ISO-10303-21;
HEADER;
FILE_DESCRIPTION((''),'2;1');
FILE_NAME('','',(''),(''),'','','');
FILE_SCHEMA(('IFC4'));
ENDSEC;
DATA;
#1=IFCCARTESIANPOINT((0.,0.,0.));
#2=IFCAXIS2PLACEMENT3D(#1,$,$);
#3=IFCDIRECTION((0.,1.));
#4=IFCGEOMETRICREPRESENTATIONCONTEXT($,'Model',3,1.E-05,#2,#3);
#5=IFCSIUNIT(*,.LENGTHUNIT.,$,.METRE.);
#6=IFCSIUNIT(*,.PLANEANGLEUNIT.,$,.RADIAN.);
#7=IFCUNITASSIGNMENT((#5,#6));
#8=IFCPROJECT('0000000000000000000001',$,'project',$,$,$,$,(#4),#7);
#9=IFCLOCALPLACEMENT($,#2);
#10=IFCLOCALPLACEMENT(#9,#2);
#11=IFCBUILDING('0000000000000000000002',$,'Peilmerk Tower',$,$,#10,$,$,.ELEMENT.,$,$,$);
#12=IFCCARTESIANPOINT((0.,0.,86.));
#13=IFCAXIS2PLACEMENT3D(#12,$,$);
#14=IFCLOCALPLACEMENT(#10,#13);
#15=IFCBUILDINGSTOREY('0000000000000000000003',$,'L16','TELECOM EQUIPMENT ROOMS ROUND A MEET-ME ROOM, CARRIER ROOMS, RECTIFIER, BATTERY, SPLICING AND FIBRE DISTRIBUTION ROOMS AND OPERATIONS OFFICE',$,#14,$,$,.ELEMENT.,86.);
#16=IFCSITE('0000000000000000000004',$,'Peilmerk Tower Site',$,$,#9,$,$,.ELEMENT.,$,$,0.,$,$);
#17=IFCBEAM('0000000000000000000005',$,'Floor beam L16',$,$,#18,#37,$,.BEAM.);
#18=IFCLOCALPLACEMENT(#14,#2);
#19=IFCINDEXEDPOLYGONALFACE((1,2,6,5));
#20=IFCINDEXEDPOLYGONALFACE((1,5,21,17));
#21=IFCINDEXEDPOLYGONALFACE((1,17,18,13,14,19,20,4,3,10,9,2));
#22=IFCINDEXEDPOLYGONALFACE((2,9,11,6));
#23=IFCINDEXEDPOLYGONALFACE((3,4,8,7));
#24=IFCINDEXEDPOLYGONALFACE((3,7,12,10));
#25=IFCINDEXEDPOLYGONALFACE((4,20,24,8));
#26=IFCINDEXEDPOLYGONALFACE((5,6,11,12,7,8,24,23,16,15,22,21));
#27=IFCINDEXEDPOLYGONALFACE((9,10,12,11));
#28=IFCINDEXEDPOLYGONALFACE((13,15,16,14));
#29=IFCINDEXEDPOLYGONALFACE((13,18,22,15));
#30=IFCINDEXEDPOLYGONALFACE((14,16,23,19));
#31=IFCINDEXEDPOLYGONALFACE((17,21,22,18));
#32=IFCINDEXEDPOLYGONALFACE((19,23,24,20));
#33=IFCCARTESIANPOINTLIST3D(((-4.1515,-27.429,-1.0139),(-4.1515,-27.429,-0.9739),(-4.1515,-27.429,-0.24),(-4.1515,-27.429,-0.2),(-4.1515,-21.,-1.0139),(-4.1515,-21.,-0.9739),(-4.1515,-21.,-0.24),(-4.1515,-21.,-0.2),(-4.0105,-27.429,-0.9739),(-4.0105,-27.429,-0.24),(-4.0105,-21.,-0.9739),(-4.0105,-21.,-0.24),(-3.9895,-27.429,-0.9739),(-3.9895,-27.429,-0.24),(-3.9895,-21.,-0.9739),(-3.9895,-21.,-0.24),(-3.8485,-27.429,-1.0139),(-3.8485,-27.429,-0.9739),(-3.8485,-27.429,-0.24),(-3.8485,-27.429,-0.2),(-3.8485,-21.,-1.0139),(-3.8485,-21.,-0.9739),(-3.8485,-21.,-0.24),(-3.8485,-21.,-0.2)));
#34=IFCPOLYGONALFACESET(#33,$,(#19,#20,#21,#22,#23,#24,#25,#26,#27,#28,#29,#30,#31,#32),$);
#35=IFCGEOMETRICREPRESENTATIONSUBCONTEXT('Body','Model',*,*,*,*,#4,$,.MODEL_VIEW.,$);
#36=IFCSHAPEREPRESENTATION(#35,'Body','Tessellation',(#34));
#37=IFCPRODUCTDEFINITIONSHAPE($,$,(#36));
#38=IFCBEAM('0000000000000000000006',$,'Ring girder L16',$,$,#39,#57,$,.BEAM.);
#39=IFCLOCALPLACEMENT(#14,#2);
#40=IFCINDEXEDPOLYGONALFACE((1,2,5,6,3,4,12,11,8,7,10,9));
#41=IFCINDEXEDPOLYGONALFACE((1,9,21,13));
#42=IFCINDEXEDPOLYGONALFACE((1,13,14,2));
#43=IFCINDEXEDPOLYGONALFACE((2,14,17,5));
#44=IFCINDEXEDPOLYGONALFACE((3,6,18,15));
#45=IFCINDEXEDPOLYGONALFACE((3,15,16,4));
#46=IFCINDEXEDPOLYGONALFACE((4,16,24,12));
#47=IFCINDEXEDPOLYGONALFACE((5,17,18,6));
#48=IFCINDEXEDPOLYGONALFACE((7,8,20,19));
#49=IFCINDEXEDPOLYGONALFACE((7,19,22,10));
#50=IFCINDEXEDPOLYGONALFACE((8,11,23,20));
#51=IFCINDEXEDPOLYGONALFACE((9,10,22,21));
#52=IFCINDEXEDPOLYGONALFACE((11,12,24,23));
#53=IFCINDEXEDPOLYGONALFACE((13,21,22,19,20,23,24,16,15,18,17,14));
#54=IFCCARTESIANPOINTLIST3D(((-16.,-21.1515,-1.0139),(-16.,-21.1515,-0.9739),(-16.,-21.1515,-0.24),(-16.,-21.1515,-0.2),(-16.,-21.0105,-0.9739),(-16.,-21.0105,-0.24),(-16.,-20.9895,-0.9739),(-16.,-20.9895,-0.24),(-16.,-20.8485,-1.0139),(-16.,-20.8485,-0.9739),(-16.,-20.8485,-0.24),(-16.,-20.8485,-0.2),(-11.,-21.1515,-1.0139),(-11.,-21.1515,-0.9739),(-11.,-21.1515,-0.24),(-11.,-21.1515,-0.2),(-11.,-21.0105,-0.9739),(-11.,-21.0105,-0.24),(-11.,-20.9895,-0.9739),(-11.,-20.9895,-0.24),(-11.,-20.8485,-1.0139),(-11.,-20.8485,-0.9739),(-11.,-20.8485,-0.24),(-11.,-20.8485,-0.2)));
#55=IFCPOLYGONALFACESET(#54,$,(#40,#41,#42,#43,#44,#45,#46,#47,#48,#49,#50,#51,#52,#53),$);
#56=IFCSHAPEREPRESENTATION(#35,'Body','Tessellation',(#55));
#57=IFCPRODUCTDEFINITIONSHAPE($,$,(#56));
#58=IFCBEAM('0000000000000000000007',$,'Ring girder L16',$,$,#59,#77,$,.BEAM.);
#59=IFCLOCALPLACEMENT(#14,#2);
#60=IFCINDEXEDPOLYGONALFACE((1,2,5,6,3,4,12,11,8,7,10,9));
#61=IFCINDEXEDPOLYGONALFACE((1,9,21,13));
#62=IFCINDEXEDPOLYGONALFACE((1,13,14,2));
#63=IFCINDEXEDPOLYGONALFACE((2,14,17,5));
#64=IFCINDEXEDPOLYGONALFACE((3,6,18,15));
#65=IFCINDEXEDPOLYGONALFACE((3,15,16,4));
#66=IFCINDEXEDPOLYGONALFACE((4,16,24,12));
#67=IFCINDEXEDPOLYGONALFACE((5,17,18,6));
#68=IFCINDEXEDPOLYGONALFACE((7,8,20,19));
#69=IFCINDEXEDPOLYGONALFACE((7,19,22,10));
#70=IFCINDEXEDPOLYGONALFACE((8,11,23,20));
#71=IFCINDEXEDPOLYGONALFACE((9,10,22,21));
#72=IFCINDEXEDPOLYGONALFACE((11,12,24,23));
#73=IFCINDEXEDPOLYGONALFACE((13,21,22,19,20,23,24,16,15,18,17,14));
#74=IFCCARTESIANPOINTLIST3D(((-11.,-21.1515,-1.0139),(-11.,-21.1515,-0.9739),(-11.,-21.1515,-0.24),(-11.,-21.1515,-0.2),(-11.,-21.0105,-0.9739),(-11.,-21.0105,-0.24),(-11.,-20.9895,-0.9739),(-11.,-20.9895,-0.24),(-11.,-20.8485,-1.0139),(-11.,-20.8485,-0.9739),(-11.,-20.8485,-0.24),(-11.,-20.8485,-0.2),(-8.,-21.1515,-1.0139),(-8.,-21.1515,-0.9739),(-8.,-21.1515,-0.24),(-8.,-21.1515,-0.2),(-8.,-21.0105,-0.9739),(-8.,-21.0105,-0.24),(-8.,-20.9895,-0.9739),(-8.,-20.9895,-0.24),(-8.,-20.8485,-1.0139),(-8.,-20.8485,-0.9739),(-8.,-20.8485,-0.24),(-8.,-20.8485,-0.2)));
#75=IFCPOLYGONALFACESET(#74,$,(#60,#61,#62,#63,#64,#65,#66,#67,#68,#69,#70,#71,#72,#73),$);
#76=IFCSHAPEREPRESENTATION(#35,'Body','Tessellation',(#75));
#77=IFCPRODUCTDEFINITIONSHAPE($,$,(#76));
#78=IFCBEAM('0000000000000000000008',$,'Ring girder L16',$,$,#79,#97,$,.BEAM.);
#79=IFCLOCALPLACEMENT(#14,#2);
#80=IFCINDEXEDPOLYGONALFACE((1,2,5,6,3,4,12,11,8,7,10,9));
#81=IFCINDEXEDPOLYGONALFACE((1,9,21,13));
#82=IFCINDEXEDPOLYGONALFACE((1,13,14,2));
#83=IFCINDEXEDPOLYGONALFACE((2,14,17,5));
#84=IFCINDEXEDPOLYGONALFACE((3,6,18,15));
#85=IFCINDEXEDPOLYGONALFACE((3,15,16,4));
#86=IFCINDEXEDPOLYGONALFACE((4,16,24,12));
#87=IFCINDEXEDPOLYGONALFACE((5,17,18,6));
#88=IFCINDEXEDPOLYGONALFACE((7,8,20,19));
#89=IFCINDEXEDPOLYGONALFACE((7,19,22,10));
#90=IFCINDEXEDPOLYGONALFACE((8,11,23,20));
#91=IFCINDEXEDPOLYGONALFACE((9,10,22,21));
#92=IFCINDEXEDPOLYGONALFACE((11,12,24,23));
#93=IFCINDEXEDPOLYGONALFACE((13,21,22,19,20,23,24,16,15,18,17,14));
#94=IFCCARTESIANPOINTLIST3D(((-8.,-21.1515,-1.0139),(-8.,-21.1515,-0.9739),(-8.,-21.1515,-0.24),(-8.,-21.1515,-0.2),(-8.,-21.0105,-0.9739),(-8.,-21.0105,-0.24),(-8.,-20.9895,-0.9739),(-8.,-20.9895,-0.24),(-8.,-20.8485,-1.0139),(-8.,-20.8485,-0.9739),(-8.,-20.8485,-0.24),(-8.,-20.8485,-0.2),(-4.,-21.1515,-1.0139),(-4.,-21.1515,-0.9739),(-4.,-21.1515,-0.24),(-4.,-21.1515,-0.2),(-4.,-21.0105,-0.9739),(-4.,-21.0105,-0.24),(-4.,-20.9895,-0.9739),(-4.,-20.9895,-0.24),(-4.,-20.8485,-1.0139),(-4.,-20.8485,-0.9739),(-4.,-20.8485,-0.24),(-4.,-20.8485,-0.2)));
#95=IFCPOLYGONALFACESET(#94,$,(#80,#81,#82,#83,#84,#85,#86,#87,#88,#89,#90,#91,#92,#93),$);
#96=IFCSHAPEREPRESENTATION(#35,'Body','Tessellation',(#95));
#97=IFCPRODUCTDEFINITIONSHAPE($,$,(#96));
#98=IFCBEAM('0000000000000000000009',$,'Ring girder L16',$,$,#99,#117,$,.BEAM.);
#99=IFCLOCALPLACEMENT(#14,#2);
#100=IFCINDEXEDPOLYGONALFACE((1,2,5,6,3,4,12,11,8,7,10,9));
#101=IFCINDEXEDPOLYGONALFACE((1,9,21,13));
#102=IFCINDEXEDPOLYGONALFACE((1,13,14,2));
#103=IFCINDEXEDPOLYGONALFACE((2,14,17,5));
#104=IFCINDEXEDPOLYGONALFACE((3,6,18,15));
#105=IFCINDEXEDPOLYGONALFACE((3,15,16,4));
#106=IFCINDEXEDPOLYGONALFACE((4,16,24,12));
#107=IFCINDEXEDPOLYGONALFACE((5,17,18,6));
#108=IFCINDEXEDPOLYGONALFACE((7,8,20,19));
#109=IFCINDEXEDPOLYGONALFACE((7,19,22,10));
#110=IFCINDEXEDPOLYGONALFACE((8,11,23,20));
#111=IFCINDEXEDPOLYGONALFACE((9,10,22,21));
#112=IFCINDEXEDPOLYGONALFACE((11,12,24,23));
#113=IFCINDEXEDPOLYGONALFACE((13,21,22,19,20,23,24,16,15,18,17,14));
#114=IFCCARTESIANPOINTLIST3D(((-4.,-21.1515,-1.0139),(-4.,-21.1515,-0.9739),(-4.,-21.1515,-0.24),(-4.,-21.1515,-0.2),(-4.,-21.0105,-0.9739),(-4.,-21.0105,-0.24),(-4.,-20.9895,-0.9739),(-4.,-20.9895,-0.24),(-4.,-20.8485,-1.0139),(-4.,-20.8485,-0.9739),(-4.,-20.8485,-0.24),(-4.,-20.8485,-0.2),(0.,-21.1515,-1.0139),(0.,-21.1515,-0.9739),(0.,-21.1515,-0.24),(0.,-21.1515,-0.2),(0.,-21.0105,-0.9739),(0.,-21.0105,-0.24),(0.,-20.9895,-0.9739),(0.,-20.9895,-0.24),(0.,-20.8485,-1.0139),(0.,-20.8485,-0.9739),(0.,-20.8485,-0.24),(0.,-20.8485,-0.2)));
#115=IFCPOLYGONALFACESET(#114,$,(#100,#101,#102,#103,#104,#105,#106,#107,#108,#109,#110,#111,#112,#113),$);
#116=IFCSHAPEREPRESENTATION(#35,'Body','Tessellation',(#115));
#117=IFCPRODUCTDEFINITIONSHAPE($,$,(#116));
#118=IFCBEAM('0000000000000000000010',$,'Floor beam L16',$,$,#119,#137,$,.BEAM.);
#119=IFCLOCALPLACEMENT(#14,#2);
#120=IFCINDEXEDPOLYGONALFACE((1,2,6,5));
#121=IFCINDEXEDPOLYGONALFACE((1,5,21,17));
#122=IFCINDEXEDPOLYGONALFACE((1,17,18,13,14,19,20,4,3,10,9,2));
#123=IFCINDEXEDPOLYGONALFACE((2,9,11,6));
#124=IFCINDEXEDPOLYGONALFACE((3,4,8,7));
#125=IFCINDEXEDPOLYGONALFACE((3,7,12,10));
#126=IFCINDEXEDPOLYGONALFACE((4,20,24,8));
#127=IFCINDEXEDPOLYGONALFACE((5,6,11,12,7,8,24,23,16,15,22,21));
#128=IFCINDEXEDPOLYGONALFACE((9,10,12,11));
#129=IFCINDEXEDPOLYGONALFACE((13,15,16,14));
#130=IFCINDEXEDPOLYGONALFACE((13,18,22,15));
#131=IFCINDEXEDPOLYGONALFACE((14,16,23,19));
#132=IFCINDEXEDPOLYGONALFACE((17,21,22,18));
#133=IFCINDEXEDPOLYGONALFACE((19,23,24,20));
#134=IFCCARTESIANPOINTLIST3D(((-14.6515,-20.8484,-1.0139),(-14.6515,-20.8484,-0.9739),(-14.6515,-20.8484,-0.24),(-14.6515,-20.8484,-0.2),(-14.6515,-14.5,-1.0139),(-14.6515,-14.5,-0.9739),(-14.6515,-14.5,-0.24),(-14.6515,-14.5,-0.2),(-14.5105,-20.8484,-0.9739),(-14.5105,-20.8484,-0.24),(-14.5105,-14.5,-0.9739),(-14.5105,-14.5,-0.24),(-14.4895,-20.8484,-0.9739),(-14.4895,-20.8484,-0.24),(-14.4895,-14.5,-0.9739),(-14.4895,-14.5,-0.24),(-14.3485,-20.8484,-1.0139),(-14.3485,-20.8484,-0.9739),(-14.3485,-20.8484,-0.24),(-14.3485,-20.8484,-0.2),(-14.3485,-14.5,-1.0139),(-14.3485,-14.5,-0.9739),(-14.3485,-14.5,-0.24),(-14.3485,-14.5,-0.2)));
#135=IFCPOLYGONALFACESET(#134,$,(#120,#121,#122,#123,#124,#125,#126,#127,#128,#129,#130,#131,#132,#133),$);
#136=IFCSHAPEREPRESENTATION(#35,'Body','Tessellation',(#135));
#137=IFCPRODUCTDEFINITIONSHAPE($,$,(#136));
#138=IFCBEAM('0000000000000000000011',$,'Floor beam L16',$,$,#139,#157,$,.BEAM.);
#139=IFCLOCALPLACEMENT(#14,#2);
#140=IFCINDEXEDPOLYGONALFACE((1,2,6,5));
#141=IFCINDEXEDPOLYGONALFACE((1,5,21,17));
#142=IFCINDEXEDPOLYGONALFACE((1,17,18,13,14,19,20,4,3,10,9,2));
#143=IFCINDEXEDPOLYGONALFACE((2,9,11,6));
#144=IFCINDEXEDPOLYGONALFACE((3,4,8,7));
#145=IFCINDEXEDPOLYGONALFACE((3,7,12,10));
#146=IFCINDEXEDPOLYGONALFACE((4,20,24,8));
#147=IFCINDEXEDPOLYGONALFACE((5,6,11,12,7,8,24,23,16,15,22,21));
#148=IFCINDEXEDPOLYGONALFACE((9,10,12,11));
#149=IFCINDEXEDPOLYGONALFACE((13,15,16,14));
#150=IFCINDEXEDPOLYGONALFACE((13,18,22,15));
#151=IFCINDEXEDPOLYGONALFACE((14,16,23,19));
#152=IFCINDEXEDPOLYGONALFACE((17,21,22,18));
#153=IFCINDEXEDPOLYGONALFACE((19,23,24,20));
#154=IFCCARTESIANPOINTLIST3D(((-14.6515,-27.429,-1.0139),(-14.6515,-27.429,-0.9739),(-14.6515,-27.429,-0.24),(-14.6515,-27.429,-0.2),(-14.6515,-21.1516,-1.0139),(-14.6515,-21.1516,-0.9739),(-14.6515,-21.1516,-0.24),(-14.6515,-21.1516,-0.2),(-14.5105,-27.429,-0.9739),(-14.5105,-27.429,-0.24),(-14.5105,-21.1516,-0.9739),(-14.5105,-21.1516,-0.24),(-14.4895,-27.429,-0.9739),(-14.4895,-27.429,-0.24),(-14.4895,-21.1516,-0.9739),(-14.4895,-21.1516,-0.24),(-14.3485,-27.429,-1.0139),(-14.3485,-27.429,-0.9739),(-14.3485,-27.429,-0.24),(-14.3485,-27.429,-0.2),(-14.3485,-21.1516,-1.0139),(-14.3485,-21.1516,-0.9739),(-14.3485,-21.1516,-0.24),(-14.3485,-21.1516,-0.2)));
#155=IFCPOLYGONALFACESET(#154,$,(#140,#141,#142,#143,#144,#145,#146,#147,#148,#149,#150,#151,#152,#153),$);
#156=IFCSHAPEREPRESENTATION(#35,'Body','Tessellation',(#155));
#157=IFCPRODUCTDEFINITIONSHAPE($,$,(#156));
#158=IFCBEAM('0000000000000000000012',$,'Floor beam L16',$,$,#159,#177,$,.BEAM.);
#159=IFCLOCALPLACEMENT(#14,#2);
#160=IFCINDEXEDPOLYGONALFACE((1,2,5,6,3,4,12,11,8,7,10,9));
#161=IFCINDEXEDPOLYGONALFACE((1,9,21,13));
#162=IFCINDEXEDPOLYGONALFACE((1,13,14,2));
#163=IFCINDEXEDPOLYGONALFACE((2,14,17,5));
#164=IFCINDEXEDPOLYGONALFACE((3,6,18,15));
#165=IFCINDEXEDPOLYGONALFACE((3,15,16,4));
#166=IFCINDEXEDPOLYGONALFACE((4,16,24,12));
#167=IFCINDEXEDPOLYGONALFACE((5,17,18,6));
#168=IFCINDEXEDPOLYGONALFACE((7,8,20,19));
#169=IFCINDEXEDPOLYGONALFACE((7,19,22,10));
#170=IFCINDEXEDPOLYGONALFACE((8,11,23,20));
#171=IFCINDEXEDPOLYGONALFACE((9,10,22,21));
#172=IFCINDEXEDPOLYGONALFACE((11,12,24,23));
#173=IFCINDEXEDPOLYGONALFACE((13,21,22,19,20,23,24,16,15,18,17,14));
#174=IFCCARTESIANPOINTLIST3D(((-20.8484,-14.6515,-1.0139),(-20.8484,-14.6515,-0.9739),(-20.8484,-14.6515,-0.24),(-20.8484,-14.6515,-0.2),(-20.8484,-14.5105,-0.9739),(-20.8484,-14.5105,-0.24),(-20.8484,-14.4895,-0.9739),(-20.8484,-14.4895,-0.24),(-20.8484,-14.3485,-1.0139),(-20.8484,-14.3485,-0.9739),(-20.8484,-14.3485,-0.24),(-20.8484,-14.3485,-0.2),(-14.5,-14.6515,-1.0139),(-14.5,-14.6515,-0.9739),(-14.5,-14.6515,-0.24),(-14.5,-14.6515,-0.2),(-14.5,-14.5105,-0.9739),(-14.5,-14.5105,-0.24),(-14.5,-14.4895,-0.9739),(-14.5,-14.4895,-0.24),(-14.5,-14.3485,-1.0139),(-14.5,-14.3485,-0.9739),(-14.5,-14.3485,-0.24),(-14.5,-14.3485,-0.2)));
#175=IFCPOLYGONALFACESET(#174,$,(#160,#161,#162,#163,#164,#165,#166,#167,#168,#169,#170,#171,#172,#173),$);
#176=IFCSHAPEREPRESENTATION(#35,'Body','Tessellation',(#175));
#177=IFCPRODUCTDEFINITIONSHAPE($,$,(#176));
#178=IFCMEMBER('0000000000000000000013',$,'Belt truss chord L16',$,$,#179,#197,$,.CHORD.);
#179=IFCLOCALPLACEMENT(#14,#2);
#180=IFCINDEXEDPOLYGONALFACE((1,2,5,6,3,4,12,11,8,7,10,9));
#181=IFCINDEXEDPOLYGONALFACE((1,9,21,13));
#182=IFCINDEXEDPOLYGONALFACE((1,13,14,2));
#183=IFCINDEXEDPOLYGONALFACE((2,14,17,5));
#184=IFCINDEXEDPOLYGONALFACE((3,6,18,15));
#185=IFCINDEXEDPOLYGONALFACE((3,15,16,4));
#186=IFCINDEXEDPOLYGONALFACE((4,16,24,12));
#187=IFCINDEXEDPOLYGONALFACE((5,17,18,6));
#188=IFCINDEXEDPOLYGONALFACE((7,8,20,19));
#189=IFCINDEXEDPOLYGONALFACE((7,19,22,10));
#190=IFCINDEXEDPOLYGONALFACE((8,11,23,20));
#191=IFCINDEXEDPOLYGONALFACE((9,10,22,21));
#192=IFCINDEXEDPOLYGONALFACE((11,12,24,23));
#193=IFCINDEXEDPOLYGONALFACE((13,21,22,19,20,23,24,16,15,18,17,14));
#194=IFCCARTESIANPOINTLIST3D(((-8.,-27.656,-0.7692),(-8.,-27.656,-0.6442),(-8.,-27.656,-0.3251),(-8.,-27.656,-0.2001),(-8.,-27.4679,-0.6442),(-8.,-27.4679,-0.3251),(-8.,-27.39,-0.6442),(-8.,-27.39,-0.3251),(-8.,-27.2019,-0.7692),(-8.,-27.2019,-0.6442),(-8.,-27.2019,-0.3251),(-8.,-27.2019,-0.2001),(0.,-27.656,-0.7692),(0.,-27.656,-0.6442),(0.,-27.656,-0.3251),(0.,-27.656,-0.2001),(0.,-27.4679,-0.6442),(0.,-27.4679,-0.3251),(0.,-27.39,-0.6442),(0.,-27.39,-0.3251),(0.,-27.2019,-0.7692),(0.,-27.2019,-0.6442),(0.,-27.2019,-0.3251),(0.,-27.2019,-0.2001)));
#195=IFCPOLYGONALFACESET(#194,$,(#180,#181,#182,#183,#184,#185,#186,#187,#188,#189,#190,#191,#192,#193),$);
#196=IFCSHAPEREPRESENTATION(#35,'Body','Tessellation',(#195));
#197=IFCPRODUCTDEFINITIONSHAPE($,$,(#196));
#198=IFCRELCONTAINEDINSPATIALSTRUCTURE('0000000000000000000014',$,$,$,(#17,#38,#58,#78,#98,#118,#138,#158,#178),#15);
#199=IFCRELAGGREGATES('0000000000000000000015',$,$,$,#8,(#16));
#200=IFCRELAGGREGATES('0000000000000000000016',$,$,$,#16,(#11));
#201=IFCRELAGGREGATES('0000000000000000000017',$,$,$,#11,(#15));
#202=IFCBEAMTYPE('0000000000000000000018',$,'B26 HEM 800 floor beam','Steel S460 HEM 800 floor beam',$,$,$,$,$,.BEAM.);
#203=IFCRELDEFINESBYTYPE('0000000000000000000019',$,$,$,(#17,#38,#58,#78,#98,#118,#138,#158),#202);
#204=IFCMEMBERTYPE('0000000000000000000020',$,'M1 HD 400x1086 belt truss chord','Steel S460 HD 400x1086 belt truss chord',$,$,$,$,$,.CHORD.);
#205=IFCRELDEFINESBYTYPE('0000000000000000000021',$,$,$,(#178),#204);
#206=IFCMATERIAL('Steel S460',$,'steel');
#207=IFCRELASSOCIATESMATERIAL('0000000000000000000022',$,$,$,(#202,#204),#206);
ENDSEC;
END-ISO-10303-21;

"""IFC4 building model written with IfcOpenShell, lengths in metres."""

from ifc_helpers import new_model, si_unit, direction, frame, origin, origin_2d, place, context, subcontext, project, spatial, i_section, extrude, material, material_profile, profile_set, type_object, element, save


model = new_model("IFC4")

# Units and contexts
model_context = context("Model", 3, precision=1e-05, world=origin(), true_north=direction((0.0, 1.0)))
body_context = subcontext(model_context, "Body", "Model", "MODEL_VIEW")
ifc_project = project(units=[si_unit("LENGTHUNIT", "METRE"), si_unit("PLANEANGLEUNIT", "RADIAN")], contexts=[model_context])

# Site, building, storey
site_placement = place(None, origin())
site = spatial("IfcSite", under=ifc_project, at=site_placement, Name="Peilmerk Tower Site", CompositionType="ELEMENT", RefElevation=0.0)
building_placement = place(site_placement, origin())
building = spatial("IfcBuilding", under=site, at=building_placement, Name="Peilmerk Tower", CompositionType="ELEMENT")
storey_placement = place(building_placement, frame((0.0, 0.0, 86.0)))
storey = spatial("IfcBuildingStorey", under=building, at=storey_placement, Name="L16", Description="TELECOM EQUIPMENT ROOMS ROUND A MEET-ME ROOM, CARRIER ROOMS, RECTIFIER, BATTERY, SPLICING AND FIBRE DISTRIBUTION ROOMS AND OPERATIONS OFFICE", CompositionType="ELEMENT", Elevation=86.0)

# Shared definitions
ifc_material_1 = material(Name="Steel S460", Category="steel")

# Beams
ifc_material_profile_1 = material_profile(ifc_material_1, i_section(OverallWidth=0.303, OverallDepth=0.814, WebThickness=0.021, FlangeThickness=0.04, at=origin_2d()), Name="HEM 800")
ifc_profile_set_1 = profile_set([ifc_material_profile_1], Name="Steel S460")
beam_type = type_object("IfcBeamType", Name="B26 HEM 800 floor beam", Description="Steel S460 HEM 800 floor beam", PredefinedType="BEAM", material=ifc_profile_set_1)
for number, where, z_axis, x_axis, name in (
    (1, (-4.0, -21.0, -0.6069), (0.0, -1.0, 0.0), (1.0, 0.0, 0.0), "Floor beam L16"),
):
    element("IfcBeam", number, at=place(storey_placement, frame(where, z_axis=z_axis, x_axis=x_axis)), inside=storey, type_object=beam_type, Name=name, PredefinedType="BEAM", context=body_context, shape_type="SweptSolid", body=[
        extrude(i_section(OverallWidth=0.303, OverallDepth=0.814, WebThickness=0.021, FlangeThickness=0.04, at=origin_2d()), origin(), (0.0, 0.0, 1.0), 6.429),
    ])
beam_1_placement = place(storey_placement, frame((-16.0, -21.0, -0.6069), z_axis=(1.0, 0.0, 0.0), x_axis=(0.0, 1.0, 0.0)))
element("IfcBeam", 2, at=beam_1_placement, inside=storey, type_object=beam_type, Name="Ring girder L16", PredefinedType="BEAM", context=body_context, shape_type="SweptSolid", body=[
    extrude(i_section(OverallWidth=0.303, OverallDepth=0.814, WebThickness=0.021, FlangeThickness=0.04, at=origin_2d()), origin(), (0.0, 0.0, 1.0), 5.0),
])
beam_2_placement = place(storey_placement, frame((-11.0, -21.0, -0.6069), z_axis=(1.0, 0.0, 0.0), x_axis=(0.0, 1.0, 0.0)))
element("IfcBeam", 3, at=beam_2_placement, inside=storey, type_object=beam_type, Name="Ring girder L16", PredefinedType="BEAM", context=body_context, shape_type="SweptSolid", body=[
    extrude(i_section(OverallWidth=0.303, OverallDepth=0.814, WebThickness=0.021, FlangeThickness=0.04, at=origin_2d()), origin(), (0.0, 0.0, 1.0), 3.0),
])
for number, where, z_axis, x_axis, name in (
    (4, (-8.0, -21.0, -0.6069), (1.0, 0.0, 0.0), (0.0, 1.0, 0.0), "Ring girder L16"),
    (5, (-4.0, -21.0, -0.6069), (1.0, 0.0, 0.0), (0.0, 1.0, 0.0), "Ring girder L16"),
):
    element("IfcBeam", number, at=place(storey_placement, frame(where, z_axis=z_axis, x_axis=x_axis)), inside=storey, type_object=beam_type, Name=name, PredefinedType="BEAM", context=body_context, shape_type="SweptSolid", body=[
        extrude(i_section(OverallWidth=0.303, OverallDepth=0.814, WebThickness=0.021, FlangeThickness=0.04, at=origin_2d()), origin(), (0.0, 0.0, 1.0), 4.0),
    ])
beam_3_placement = place(storey_placement, frame((-14.5, -14.5, -0.6069), z_axis=(0.0, -1.0, 0.0), x_axis=(1.0, 0.0, 0.0)))
element("IfcBeam", 6, at=beam_3_placement, inside=storey, type_object=beam_type, Name="Floor beam L16", PredefinedType="BEAM", context=body_context, shape_type="SweptSolid", body=[
    extrude(i_section(OverallWidth=0.303, OverallDepth=0.814, WebThickness=0.021, FlangeThickness=0.04, at=origin_2d()), origin(), (0.0, 0.0, 1.0), 6.3484),
])
beam_4_placement = place(storey_placement, frame((-14.5, -21.1516, -0.6069), z_axis=(0.0, -1.0, 0.0), x_axis=(1.0, 0.0, 0.0)))
element("IfcBeam", 7, at=beam_4_placement, inside=storey, type_object=beam_type, Name="Floor beam L16", PredefinedType="BEAM", context=body_context, shape_type="SweptSolid", body=[
    extrude(i_section(OverallWidth=0.303, OverallDepth=0.814, WebThickness=0.021, FlangeThickness=0.04, at=origin_2d()), origin(), (0.0, 0.0, 1.0), 6.2773),
])
beam_5_placement = place(storey_placement, frame((-14.5, -14.5, -0.6069), z_axis=(-1.0, 0.0, 0.0), x_axis=(0.0, -1.0, 0.0)))
element("IfcBeam", 8, at=beam_5_placement, inside=storey, type_object=beam_type, Name="Floor beam L16", PredefinedType="BEAM", context=body_context, shape_type="SweptSolid", body=[
    extrude(i_section(OverallWidth=0.303, OverallDepth=0.814, WebThickness=0.021, FlangeThickness=0.04, at=origin_2d()), origin(), (0.0, 0.0, 1.0), 6.3484),
])

# Member
ifc_material_profile_2 = material_profile(ifc_material_1, i_section(OverallWidth=0.4541, OverallDepth=0.5691, WebThickness=0.0779, FlangeThickness=0.125, at=origin_2d()), Name="HD 400x1086")
ifc_profile_set_2 = profile_set([ifc_material_profile_2], Name="Steel S460")
member_type = type_object("IfcMemberType", Name="M1 HD 400x1086 belt truss chord", Description="Steel S460 HD 400x1086 belt truss chord", PredefinedType="CHORD", material=ifc_profile_set_2)
member_placement = place(storey_placement, frame((-8.0, -27.429, -0.4846), z_axis=(1.0, 0.0, 0.0), x_axis=(0.0, 1.0, 0.0)))
element("IfcMember", 9, at=member_placement, inside=storey, type_object=member_type, Name="Belt truss chord L16", PredefinedType="CHORD", context=body_context, shape_type="SweptSolid", body=[
    extrude(i_section(OverallWidth=0.4541, OverallDepth=0.5691, WebThickness=0.0779, FlangeThickness=0.125, at=origin_2d()), origin(), (0.0, 0.0, 1.0), 8.0),
])

save(model, "model.ifc")
